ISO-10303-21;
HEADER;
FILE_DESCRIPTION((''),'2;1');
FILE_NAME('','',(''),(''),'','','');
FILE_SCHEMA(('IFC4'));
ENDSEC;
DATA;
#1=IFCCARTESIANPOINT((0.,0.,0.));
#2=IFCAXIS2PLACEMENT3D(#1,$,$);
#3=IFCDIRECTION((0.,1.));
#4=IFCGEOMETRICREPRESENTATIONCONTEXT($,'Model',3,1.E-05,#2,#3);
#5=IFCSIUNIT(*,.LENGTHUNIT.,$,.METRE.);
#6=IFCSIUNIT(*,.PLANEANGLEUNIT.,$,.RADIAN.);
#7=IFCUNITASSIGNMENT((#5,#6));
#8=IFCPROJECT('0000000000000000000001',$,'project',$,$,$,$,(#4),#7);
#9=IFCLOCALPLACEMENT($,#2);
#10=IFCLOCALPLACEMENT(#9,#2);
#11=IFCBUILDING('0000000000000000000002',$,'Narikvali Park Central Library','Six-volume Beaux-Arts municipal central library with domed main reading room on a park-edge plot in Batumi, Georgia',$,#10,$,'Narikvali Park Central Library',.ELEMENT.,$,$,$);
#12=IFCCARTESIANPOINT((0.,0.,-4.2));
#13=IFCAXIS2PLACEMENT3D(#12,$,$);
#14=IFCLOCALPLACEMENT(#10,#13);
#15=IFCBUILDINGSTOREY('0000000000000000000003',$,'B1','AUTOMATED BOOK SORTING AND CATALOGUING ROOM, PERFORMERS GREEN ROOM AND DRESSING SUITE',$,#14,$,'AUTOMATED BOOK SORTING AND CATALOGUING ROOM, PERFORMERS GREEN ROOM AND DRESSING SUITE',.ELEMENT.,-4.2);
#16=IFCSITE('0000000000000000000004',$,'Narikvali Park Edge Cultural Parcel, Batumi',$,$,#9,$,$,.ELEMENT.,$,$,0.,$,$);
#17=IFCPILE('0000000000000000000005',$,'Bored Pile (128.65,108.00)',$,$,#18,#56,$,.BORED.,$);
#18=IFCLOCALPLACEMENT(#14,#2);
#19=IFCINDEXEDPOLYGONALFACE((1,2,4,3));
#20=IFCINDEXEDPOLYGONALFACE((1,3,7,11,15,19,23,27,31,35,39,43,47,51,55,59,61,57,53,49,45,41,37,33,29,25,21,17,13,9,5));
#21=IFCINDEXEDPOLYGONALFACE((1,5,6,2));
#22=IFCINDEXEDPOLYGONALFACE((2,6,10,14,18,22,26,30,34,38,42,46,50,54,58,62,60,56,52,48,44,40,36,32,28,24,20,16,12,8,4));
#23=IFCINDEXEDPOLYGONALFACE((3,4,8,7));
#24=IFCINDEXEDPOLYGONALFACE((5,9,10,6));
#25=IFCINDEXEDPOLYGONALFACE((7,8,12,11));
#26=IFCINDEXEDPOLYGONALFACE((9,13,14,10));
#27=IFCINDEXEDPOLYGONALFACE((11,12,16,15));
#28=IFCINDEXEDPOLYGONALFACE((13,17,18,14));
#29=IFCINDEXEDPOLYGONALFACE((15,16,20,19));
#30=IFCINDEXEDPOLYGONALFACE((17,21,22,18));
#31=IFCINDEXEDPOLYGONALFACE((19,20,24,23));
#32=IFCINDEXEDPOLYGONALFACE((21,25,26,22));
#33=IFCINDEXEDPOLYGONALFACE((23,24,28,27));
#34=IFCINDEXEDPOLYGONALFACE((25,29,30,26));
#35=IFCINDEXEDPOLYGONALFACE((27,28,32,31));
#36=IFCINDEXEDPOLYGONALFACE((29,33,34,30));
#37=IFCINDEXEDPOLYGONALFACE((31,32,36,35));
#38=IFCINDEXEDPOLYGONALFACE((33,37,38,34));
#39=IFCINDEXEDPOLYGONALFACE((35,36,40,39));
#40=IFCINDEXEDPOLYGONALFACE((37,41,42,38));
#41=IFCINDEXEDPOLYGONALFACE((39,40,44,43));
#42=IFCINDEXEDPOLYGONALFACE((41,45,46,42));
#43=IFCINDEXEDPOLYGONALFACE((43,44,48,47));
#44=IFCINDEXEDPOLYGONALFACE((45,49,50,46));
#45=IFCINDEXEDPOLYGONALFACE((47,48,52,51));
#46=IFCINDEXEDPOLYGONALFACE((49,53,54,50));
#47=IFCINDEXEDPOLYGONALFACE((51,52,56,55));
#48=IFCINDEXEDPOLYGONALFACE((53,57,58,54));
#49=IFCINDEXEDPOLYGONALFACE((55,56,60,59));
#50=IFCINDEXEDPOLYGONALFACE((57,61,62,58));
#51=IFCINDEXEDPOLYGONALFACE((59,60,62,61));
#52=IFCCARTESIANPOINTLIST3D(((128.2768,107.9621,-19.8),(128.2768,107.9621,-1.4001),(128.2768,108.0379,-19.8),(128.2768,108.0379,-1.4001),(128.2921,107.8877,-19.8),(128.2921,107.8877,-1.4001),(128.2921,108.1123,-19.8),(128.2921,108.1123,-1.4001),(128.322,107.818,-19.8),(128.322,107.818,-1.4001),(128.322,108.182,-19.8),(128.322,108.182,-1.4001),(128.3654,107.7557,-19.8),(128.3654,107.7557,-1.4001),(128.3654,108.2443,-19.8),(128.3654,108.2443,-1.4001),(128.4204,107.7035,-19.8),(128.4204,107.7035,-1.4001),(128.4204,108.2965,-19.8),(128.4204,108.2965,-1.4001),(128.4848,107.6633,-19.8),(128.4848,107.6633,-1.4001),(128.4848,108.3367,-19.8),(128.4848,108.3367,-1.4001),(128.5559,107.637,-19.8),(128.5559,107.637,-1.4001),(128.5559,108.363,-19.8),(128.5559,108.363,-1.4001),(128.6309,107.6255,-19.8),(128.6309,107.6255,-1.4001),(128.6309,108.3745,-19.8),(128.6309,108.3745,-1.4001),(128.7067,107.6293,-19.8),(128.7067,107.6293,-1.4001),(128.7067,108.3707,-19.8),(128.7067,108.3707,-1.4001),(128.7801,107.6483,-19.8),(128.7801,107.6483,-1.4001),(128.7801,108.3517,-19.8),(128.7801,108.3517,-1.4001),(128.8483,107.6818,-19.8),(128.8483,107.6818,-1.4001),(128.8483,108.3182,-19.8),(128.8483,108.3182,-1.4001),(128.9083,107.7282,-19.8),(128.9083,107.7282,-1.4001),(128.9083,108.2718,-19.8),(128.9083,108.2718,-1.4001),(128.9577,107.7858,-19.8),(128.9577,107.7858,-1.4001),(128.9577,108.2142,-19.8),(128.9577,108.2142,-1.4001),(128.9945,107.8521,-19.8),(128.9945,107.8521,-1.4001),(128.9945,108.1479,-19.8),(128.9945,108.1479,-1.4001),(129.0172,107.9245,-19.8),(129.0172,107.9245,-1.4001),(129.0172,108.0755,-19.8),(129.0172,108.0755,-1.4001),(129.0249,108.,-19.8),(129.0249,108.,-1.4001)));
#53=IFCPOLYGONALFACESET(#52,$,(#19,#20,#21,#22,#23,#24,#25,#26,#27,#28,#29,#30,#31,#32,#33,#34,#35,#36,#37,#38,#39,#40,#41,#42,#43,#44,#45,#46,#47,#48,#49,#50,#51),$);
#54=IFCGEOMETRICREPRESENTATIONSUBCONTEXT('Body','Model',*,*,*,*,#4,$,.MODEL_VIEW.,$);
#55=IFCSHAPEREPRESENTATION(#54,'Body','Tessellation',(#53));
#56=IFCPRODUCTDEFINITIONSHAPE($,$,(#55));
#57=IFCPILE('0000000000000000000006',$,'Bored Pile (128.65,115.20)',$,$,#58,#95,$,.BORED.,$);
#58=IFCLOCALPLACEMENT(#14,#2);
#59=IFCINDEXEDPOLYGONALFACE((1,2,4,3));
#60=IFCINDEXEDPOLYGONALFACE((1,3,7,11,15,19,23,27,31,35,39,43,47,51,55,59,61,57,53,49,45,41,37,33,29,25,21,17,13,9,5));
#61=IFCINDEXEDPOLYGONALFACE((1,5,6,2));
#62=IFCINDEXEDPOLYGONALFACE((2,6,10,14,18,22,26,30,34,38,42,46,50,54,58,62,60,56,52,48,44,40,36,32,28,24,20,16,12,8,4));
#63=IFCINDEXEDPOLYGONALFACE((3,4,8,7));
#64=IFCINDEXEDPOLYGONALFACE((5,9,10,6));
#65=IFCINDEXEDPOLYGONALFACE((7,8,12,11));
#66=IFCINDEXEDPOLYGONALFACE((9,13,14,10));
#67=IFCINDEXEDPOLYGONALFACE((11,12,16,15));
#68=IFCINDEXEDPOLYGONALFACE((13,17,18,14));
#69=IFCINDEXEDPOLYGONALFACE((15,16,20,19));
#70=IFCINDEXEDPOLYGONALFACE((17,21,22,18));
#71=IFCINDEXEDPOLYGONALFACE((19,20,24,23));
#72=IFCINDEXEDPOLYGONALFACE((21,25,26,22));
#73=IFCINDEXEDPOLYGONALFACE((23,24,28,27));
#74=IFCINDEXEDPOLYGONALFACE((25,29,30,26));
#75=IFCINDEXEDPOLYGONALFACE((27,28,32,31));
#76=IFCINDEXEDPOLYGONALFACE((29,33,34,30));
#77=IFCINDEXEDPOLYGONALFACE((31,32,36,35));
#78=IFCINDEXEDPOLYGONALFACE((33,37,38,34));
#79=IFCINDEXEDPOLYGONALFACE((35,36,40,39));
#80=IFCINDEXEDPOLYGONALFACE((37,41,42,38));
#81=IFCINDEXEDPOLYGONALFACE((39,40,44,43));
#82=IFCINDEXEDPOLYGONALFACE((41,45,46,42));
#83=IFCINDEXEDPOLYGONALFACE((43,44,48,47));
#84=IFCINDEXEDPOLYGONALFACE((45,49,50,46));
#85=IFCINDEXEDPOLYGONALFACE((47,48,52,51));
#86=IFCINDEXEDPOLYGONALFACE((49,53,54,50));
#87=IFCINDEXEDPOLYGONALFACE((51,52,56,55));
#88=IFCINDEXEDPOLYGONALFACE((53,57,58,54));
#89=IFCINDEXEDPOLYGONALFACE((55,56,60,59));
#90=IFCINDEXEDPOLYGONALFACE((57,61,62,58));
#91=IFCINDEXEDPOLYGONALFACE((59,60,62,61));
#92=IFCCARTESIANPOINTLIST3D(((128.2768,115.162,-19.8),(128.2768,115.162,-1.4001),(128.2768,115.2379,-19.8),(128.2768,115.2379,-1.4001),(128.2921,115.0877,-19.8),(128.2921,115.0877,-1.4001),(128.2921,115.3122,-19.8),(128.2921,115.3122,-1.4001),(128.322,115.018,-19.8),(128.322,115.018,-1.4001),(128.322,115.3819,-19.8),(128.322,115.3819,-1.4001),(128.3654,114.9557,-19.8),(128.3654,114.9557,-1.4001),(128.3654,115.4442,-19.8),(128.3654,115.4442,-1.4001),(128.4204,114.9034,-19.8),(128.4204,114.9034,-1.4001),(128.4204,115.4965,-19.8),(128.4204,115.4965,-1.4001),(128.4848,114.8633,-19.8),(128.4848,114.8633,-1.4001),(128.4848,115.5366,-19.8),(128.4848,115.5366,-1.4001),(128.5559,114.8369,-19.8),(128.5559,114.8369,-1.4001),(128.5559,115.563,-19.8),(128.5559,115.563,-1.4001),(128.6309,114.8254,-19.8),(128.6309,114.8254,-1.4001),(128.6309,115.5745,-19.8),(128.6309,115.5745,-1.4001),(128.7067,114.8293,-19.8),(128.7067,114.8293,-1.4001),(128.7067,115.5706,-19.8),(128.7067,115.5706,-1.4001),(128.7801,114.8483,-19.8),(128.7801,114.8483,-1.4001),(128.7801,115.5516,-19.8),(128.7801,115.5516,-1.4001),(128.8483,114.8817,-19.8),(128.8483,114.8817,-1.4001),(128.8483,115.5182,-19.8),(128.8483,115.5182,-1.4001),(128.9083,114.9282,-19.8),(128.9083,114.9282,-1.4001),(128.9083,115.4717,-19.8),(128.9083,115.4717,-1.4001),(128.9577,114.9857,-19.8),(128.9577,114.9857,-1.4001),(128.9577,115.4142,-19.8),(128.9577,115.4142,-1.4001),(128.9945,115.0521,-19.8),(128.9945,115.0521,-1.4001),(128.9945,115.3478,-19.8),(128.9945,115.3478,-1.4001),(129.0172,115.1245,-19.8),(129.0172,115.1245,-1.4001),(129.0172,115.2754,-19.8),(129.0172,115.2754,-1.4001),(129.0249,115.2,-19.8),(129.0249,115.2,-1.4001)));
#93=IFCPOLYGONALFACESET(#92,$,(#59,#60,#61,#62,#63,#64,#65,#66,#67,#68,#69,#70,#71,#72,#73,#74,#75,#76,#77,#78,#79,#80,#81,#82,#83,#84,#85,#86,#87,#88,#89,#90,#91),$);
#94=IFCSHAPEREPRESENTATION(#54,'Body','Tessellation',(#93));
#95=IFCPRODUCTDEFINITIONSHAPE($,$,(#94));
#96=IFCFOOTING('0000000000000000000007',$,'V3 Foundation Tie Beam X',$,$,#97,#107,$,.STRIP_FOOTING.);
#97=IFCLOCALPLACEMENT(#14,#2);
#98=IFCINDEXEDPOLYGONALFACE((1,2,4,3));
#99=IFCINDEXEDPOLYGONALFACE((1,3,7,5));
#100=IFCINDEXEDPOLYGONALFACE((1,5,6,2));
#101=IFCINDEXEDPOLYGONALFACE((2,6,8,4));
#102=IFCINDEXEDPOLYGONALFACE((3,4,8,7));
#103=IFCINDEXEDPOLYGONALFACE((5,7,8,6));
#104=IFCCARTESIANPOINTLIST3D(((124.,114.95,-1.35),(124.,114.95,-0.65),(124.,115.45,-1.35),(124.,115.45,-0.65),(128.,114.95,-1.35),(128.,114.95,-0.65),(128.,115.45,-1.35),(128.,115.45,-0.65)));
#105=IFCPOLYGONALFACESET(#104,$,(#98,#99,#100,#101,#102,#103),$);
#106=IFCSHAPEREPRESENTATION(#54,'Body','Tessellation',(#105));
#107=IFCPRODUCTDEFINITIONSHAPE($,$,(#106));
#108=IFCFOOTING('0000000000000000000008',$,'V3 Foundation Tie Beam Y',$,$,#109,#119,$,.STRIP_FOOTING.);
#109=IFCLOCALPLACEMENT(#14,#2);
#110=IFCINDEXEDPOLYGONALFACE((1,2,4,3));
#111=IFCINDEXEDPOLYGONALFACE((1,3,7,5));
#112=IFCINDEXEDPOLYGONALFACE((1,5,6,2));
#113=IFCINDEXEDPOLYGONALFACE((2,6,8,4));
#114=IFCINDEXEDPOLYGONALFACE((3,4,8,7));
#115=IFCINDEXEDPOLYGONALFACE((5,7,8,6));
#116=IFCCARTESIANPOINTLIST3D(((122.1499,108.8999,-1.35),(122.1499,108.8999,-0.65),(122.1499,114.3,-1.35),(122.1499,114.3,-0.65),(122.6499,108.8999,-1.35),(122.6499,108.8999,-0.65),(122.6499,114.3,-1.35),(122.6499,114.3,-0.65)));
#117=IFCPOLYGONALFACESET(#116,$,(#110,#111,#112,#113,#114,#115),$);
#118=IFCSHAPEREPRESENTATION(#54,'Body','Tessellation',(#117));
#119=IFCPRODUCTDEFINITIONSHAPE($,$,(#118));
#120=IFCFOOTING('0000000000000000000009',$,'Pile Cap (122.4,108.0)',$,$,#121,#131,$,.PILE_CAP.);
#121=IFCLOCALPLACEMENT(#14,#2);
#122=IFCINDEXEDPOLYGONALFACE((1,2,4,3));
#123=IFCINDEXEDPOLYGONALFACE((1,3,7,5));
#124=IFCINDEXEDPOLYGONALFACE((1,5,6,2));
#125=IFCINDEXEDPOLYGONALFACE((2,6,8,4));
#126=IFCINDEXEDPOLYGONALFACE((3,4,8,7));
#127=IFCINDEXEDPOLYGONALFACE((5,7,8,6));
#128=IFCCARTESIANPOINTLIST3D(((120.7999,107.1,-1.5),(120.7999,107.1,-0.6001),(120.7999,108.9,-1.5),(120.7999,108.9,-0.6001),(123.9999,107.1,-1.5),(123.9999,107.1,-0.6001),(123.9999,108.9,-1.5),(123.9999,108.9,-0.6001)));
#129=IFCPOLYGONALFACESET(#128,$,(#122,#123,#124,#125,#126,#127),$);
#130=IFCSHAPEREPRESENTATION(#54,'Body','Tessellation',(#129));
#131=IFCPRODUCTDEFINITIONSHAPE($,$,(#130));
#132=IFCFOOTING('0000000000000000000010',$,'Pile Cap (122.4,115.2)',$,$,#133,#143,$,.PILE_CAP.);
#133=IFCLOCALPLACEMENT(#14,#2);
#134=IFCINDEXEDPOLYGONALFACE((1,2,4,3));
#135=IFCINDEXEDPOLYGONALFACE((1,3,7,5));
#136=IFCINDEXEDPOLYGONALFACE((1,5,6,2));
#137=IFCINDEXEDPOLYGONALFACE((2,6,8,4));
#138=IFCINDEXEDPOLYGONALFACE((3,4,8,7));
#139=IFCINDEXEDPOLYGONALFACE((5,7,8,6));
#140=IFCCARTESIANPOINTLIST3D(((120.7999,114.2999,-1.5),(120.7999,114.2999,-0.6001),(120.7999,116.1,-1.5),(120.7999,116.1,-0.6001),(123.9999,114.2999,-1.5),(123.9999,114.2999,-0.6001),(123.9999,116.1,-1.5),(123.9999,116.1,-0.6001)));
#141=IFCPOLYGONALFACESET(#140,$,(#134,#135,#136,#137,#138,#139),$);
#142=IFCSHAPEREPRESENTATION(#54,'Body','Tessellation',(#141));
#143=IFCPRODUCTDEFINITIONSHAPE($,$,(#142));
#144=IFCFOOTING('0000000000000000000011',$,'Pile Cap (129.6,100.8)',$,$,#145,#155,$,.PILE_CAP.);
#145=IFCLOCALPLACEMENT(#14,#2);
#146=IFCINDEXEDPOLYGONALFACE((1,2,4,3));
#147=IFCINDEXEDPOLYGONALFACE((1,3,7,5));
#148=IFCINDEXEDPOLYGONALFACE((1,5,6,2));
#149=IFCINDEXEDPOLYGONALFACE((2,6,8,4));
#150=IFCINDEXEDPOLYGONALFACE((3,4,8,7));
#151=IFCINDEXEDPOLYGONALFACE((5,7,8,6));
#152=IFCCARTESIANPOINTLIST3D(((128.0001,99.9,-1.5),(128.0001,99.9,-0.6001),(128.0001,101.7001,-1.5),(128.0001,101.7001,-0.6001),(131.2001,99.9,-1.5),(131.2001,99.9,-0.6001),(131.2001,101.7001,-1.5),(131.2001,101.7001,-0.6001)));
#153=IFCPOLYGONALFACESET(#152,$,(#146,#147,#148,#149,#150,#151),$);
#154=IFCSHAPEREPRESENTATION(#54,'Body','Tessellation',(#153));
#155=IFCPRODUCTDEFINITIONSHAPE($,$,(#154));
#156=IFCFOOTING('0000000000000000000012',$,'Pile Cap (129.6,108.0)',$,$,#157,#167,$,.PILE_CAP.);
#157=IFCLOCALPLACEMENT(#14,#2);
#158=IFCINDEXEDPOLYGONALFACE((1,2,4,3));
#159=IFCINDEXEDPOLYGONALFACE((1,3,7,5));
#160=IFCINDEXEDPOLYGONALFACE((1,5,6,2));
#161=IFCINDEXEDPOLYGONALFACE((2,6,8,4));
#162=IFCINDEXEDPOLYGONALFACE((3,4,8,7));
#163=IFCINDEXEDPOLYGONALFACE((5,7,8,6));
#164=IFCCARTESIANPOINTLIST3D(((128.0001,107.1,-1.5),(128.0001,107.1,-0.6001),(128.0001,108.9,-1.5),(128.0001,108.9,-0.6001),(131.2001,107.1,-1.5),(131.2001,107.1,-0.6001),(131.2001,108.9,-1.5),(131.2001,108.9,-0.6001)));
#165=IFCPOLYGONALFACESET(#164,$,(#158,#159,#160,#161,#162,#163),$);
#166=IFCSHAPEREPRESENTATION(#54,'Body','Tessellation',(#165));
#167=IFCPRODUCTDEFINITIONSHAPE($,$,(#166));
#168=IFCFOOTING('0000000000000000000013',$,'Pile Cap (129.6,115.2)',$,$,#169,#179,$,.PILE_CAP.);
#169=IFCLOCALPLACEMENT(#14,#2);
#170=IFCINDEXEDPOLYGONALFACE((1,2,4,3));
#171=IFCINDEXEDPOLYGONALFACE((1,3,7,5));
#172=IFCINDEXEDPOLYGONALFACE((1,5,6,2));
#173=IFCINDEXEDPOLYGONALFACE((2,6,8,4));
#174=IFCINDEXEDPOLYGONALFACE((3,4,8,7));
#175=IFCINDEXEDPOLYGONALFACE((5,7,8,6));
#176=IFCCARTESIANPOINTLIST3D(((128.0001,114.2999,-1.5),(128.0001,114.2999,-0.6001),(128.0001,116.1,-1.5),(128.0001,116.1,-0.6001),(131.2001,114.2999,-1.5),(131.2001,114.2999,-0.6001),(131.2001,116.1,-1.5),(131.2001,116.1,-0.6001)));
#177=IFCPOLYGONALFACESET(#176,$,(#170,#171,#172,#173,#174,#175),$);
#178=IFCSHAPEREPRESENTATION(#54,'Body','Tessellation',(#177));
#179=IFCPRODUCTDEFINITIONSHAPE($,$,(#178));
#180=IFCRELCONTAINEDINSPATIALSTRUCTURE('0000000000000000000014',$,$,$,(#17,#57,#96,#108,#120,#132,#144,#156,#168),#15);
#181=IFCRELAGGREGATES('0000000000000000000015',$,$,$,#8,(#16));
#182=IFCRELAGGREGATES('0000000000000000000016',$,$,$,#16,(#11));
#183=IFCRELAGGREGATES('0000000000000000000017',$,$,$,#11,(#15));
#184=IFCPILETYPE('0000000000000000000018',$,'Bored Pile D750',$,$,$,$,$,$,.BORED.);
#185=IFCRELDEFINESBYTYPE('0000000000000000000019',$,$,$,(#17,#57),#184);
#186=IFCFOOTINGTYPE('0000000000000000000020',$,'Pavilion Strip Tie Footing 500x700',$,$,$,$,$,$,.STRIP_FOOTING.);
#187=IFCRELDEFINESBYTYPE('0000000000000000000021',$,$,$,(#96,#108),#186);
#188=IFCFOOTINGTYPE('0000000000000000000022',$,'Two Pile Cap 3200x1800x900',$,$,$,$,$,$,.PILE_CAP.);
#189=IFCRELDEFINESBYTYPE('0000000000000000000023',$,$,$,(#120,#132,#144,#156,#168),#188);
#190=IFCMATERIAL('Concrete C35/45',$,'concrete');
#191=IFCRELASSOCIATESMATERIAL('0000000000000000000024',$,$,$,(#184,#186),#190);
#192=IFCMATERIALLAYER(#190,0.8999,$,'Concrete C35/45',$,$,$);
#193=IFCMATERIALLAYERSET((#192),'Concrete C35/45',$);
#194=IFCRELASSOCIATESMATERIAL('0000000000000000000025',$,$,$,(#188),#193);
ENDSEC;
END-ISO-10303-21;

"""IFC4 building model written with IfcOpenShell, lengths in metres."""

from ifc_helpers import new_model, si_unit, direction, frame, origin, origin_2d, place, context, subcontext, project, spatial, rectangle, circle, extrude, material, layer, layer_set, material_profile, profile_set, type_object, element, save


model = new_model("IFC4")

# Units and contexts
model_context = context("Model", 3, precision=1e-05, world=origin(), true_north=direction((0.0, 1.0)))
body_context = subcontext(model_context, "Body", "Model", "MODEL_VIEW")
ifc_project = project(units=[si_unit("LENGTHUNIT", "METRE"), si_unit("PLANEANGLEUNIT", "RADIAN")], contexts=[model_context])

# Site, building, storey
site_placement = place(None, origin())
site = spatial("IfcSite", under=ifc_project, at=site_placement, Name="Narikvali Park Edge Cultural Parcel, Batumi", CompositionType="ELEMENT", RefElevation=0.0)
building_placement = place(site_placement, origin())
building = spatial("IfcBuilding", under=site, at=building_placement, Name="Narikvali Park Central Library", Description="Six-volume Beaux-Arts municipal central library with domed main reading room on a park-edge plot in Batumi, Georgia", LongName="Narikvali Park Central Library", CompositionType="ELEMENT")
storey_placement = place(building_placement, frame((0.0, 0.0, -4.2)))
storey = spatial("IfcBuildingStorey", under=building, at=storey_placement, Name="B1", Description="AUTOMATED BOOK SORTING AND CATALOGUING ROOM, PERFORMERS GREEN ROOM AND DRESSING SUITE", LongName="AUTOMATED BOOK SORTING AND CATALOGUING ROOM, PERFORMERS GREEN ROOM AND DRESSING SUITE", CompositionType="ELEMENT", Elevation=-4.2)

# Piles
ifc_material_1 = material(Name="Concrete C35/45", Category="concrete")
ifc_material_profile_1 = material_profile(ifc_material_1, circle(Radius=0.375, at=origin_2d()), Name="PILE D750")
ifc_profile_set_1 = profile_set([ifc_material_profile_1], Name="Concrete C35/45")
pile_type = type_object("IfcPileType", Name="Bored Pile D750", PredefinedType="BORED", material=ifc_profile_set_1)
for number, where, z_axis, x_axis, name in (
    (1, (128.6499, 108.0, -1.4001), (0.0, 0.0, -1.0), (1.0, 0.0, 0.0), "Bored Pile (128.65,108.00)"),
    (2, (128.6499, 115.2, -1.4001), (0.0, 0.0, -1.0), (1.0, 0.0, 0.0), "Bored Pile (128.65,115.20)"),
):
    element("IfcPile", number, at=place(storey_placement, frame(where, z_axis=z_axis, x_axis=x_axis)), inside=storey, type_object=pile_type, Name=name, PredefinedType="BORED", context=body_context, shape_type="SweptSolid", body=[
        extrude(circle(Radius=0.375, at=origin_2d()), origin(), (0.0, 0.0, 1.0), 18.3999),
    ])

# Footings
ifc_material_profile_2 = material_profile(ifc_material_1, rectangle(XDim=0.5, YDim=0.7, at=origin_2d()), Name="RC GB 500x700")
ifc_profile_set_2 = profile_set([ifc_material_profile_2], Name="Concrete C35/45")
footing_type_1 = type_object("IfcFootingType", Name="Pavilion Strip Tie Footing 500x700", PredefinedType="STRIP_FOOTING", material=ifc_profile_set_2)
footing_1_placement = place(storey_placement, frame((124.0, 115.2, -1.0), z_axis=(1.0, 0.0, 0.0), x_axis=(0.0, 1.0, 0.0)))
element("IfcFooting", 3, at=footing_1_placement, inside=storey, type_object=footing_type_1, Name="V3 Foundation Tie Beam X", PredefinedType="STRIP_FOOTING", context=body_context, shape_type="SweptSolid", body=[
    extrude(rectangle(XDim=0.5, YDim=0.7, at=origin_2d()), origin(), (0.0, 0.0, 1.0), 4.0),
])
footing_2_placement = place(storey_placement, frame((122.3999, 108.8999, -1.0), z_axis=(0.0, 1.0, 0.0), x_axis=(-1.0, 0.0, 0.0)))
element("IfcFooting", 4, at=footing_2_placement, inside=storey, type_object=footing_type_1, Name="V3 Foundation Tie Beam Y", PredefinedType="STRIP_FOOTING", context=body_context, shape_type="SweptSolid", body=[
    extrude(rectangle(XDim=0.5, YDim=0.7, at=origin_2d()), origin(), (0.0, 0.0, 1.0), 5.4001),
])
ifc_layer_1 = layer(ifc_material_1, 0.8999, Name="Concrete C35/45")
ifc_layer_set_1 = layer_set([ifc_layer_1], Name="Concrete C35/45")
footing_type_2 = type_object("IfcFootingType", Name="Two Pile Cap 3200x1800x900", PredefinedType="PILE_CAP", material=ifc_layer_set_1)
for number, where, z_axis, x_axis, name in (
    (5, (122.3999, 108.0, -1.5), (0.0, 0.0, 1.0), (1.0, 0.0, 0.0), "Pile Cap (122.4,108.0)"),
    (6, (122.3999, 115.2, -1.5), (0.0, 0.0, 1.0), (1.0, 0.0, 0.0), "Pile Cap (122.4,115.2)"),
    (7, (129.6001, 100.8, -1.5), (0.0, 0.0, 1.0), (1.0, 0.0, 0.0), "Pile Cap (129.6,100.8)"),
    (8, (129.6001, 108.0, -1.5), (0.0, 0.0, 1.0), (1.0, 0.0, 0.0), "Pile Cap (129.6,108.0)"),
    (9, (129.6001, 115.2, -1.5), (0.0, 0.0, 1.0), (1.0, 0.0, 0.0), "Pile Cap (129.6,115.2)"),
):
    element("IfcFooting", number, at=place(storey_placement, frame(where, z_axis=z_axis, x_axis=x_axis)), inside=storey, type_object=footing_type_2, Name=name, PredefinedType="PILE_CAP", context=body_context, shape_type="SweptSolid", body=[
        extrude(rectangle(XDim=3.2, YDim=1.8, at=origin_2d()), origin(), (0.0, 0.0, 1.0), 0.8999),
    ])

save(model, "model.ifc")
